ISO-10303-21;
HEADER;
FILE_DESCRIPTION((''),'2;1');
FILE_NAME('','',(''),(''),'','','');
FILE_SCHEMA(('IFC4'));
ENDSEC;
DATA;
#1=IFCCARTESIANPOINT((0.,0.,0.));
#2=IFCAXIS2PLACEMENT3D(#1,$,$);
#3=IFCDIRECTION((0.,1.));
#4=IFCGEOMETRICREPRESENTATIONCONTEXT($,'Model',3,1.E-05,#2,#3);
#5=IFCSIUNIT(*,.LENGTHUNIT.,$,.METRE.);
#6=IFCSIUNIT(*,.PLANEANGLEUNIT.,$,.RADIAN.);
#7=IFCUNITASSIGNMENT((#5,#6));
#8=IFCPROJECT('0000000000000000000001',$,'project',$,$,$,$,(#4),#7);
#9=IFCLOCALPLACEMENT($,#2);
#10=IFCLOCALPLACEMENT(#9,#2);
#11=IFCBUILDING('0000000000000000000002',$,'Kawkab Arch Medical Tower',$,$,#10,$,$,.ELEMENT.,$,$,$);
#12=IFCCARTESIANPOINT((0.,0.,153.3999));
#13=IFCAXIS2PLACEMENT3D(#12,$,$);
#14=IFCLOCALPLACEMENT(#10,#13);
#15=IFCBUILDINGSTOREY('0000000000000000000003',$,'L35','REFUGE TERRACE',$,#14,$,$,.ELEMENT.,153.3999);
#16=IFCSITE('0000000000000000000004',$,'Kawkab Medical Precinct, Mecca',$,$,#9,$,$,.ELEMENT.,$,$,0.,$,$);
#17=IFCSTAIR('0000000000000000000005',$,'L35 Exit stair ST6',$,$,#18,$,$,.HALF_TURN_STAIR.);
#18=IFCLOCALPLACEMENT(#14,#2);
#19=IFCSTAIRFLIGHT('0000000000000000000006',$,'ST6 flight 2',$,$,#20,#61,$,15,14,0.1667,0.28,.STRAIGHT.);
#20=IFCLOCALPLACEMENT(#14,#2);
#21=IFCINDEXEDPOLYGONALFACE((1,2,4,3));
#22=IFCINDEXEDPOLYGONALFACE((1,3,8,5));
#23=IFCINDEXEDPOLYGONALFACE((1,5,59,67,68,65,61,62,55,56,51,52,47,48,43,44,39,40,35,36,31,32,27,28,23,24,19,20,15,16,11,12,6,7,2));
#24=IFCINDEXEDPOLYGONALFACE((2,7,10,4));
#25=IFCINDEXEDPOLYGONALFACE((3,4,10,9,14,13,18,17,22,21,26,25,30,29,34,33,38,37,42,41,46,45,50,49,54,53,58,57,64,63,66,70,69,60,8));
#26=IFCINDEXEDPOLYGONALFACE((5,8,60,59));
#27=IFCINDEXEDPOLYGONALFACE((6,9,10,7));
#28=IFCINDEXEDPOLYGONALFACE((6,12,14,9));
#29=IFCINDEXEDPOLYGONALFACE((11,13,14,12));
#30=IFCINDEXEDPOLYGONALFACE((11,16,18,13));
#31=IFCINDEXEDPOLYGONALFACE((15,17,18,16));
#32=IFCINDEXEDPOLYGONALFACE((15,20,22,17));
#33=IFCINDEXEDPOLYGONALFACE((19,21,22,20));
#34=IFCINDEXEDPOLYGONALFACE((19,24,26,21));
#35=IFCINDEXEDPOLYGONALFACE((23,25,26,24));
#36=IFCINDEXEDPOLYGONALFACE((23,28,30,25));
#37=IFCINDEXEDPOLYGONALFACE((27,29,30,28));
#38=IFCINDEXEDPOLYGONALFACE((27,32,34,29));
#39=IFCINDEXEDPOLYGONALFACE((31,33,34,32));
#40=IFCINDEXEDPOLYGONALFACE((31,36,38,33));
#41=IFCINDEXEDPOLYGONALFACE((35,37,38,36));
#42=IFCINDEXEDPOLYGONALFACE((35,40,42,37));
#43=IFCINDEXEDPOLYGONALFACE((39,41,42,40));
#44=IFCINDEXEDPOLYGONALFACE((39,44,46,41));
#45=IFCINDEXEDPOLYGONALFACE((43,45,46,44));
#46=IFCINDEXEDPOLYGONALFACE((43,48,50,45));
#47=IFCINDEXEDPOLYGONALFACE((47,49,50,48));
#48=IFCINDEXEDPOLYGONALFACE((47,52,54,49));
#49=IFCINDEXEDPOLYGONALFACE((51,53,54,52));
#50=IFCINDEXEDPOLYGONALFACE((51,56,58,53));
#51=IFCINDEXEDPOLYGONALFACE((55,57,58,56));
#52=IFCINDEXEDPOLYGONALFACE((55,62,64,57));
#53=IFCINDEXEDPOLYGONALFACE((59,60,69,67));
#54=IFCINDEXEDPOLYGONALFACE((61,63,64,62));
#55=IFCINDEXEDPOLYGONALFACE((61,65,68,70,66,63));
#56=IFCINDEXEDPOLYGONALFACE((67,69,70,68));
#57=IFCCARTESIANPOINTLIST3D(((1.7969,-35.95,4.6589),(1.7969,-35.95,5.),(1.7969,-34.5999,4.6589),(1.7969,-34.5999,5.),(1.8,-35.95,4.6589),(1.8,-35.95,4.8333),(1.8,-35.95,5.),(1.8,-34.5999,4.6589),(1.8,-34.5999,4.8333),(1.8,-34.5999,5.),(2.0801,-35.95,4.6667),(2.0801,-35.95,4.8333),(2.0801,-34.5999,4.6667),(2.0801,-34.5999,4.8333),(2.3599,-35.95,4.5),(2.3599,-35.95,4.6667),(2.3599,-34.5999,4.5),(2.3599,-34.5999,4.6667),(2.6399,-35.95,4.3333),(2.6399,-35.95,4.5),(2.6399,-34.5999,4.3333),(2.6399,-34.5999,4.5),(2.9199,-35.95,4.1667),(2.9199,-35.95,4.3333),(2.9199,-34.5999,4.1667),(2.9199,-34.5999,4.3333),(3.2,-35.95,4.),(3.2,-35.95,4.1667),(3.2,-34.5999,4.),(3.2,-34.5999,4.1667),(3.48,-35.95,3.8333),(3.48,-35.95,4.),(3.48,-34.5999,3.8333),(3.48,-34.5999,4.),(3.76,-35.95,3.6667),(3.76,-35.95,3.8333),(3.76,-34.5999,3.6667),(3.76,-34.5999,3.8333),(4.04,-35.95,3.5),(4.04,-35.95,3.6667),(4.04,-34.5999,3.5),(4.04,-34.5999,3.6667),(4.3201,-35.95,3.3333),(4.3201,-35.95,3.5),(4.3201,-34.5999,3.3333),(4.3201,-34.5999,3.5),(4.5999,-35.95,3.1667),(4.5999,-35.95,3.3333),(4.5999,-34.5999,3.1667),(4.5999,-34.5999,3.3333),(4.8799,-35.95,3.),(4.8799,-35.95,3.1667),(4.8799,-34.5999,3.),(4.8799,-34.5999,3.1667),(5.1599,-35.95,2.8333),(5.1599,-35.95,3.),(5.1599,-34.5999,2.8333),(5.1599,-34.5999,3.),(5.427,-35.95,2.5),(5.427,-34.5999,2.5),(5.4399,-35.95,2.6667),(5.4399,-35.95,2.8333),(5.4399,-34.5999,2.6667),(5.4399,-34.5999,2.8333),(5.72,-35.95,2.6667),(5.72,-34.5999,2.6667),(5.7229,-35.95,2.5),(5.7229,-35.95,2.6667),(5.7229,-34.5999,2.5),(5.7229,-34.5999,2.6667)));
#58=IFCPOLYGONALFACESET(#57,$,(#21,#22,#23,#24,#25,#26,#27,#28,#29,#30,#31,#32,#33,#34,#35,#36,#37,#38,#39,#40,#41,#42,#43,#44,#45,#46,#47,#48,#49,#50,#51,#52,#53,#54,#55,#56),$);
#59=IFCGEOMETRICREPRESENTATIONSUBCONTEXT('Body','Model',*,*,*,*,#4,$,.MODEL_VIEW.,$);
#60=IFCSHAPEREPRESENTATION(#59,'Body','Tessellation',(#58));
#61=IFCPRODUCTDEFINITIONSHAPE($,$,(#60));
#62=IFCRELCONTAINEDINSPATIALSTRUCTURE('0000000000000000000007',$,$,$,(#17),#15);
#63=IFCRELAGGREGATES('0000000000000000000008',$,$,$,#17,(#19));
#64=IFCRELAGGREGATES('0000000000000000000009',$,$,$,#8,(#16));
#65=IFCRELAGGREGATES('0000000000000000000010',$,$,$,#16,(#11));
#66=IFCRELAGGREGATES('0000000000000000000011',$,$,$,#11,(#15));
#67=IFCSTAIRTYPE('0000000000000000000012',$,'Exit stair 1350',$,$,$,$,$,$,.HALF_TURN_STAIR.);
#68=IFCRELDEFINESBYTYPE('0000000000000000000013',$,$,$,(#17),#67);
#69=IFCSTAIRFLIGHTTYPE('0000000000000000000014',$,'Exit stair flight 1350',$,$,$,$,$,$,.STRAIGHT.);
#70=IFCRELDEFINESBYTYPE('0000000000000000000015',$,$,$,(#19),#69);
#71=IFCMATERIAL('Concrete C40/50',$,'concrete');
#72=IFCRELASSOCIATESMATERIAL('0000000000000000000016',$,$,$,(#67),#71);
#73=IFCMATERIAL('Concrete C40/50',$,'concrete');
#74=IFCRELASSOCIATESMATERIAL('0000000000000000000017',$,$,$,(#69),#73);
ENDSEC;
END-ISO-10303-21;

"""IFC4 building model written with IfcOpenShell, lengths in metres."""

from ifc_helpers import new_model, si_unit, direction, frame, origin, place, context, subcontext, project, spatial, polyline, outline, extrude, material, type_object, element, aggregate, save


model = new_model("IFC4")

# Units and contexts
model_context = context("Model", 3, precision=1e-05, world=origin(), true_north=direction((0.0, 1.0)))
body_context = subcontext(model_context, "Body", "Model", "MODEL_VIEW")
ifc_project = project(units=[si_unit("LENGTHUNIT", "METRE"), si_unit("PLANEANGLEUNIT", "RADIAN")], contexts=[model_context])

# Site, building, storey
site_placement = place(None, origin())
site = spatial("IfcSite", under=ifc_project, at=site_placement, Name="Kawkab Medical Precinct, Mecca", CompositionType="ELEMENT", RefElevation=0.0)
building_placement = place(site_placement, origin())
building = spatial("IfcBuilding", under=site, at=building_placement, Name="Kawkab Arch Medical Tower", CompositionType="ELEMENT")
storey_placement = place(building_placement, frame((0.0, 0.0, 153.3999)))
storey = spatial("IfcBuildingStorey", under=building, at=storey_placement, Name="L35", Description="REFUGE TERRACE", CompositionType="ELEMENT", Elevation=153.3999)

# Shared definitions
placement = place(storey_placement, origin())

# Stair, stair flight
ifc_material_1 = material(Name="Concrete C40/50", Category="concrete")
stair_type = type_object("IfcStairType", Name="Exit stair 1350", PredefinedType="HALF_TURN_STAIR", material=ifc_material_1)
stair = element("IfcStair", 1, at=placement, inside=storey, type_object=stair_type, Name="L35 Exit stair ST6", PredefinedType="HALF_TURN_STAIR")
ifc_material_2 = material(Name="Concrete C40/50", Category="concrete")
stair_flight_type = type_object("IfcStairFlightType", Name="Exit stair flight 1350", PredefinedType="STRAIGHT", material=ifc_material_2)
stair_flight_1_placement = place(storey_placement, frame((5.72, -35.2749, 2.5), z_axis=(0.0, 0.0, 1.0), x_axis=(-1.0, 0.0, 0.0)))
stair_flight_1 = element("IfcStairFlight", 2, at=stair_flight_1_placement, type_object=stair_flight_type, Name="ST6 flight 2", NumberOfRisers=15, NumberOfTreads=14, PredefinedType="STRAIGHT", RiserHeight=0.1667, TreadLength=0.28, context=body_context, shape_type="SweptSolid", body=[
    extrude(outline(polyline([(-0.0029, 0.0), (-0.0029, 0.1667), (0.0, 0.1667), (0.28, 0.1667), (0.28, 0.3333), (0.5601, 0.3333), (0.5601, 0.5), (0.8401, 0.5), (0.8401, 0.6667), (1.1201, 0.6667), (1.1201, 0.8333), (1.3999, 0.8333), (1.3999, 1.0), (1.6799, 1.0), (1.6799, 1.1667), (1.96, 1.1667), (1.96, 1.3333), (2.24, 1.3333), (2.24, 1.5), (2.52, 1.5), (2.52, 1.6667), (2.8, 1.6667), (2.8, 1.8333), (3.0801, 1.8333), (3.0801, 2.0), (3.3601, 2.0), (3.3601, 2.1667), (3.6399, 2.1667), (3.6399, 2.3333), (3.9199, 2.3333), (3.9199, 2.5), (3.9231, 2.5), (3.9231, 2.1589), (3.9199, 2.1589), (0.293, 0.0), (-0.0029, 0.0)])), frame((0.0, 0.675, 0.0), z_axis=(0.0, -1.0, 0.0), x_axis=(1.0, 0.0, 0.0)), (0.0, 0.0, 1.0), 1.3501),
])
aggregate(stair, [stair_flight_1])

save(model, "model.ifc")
